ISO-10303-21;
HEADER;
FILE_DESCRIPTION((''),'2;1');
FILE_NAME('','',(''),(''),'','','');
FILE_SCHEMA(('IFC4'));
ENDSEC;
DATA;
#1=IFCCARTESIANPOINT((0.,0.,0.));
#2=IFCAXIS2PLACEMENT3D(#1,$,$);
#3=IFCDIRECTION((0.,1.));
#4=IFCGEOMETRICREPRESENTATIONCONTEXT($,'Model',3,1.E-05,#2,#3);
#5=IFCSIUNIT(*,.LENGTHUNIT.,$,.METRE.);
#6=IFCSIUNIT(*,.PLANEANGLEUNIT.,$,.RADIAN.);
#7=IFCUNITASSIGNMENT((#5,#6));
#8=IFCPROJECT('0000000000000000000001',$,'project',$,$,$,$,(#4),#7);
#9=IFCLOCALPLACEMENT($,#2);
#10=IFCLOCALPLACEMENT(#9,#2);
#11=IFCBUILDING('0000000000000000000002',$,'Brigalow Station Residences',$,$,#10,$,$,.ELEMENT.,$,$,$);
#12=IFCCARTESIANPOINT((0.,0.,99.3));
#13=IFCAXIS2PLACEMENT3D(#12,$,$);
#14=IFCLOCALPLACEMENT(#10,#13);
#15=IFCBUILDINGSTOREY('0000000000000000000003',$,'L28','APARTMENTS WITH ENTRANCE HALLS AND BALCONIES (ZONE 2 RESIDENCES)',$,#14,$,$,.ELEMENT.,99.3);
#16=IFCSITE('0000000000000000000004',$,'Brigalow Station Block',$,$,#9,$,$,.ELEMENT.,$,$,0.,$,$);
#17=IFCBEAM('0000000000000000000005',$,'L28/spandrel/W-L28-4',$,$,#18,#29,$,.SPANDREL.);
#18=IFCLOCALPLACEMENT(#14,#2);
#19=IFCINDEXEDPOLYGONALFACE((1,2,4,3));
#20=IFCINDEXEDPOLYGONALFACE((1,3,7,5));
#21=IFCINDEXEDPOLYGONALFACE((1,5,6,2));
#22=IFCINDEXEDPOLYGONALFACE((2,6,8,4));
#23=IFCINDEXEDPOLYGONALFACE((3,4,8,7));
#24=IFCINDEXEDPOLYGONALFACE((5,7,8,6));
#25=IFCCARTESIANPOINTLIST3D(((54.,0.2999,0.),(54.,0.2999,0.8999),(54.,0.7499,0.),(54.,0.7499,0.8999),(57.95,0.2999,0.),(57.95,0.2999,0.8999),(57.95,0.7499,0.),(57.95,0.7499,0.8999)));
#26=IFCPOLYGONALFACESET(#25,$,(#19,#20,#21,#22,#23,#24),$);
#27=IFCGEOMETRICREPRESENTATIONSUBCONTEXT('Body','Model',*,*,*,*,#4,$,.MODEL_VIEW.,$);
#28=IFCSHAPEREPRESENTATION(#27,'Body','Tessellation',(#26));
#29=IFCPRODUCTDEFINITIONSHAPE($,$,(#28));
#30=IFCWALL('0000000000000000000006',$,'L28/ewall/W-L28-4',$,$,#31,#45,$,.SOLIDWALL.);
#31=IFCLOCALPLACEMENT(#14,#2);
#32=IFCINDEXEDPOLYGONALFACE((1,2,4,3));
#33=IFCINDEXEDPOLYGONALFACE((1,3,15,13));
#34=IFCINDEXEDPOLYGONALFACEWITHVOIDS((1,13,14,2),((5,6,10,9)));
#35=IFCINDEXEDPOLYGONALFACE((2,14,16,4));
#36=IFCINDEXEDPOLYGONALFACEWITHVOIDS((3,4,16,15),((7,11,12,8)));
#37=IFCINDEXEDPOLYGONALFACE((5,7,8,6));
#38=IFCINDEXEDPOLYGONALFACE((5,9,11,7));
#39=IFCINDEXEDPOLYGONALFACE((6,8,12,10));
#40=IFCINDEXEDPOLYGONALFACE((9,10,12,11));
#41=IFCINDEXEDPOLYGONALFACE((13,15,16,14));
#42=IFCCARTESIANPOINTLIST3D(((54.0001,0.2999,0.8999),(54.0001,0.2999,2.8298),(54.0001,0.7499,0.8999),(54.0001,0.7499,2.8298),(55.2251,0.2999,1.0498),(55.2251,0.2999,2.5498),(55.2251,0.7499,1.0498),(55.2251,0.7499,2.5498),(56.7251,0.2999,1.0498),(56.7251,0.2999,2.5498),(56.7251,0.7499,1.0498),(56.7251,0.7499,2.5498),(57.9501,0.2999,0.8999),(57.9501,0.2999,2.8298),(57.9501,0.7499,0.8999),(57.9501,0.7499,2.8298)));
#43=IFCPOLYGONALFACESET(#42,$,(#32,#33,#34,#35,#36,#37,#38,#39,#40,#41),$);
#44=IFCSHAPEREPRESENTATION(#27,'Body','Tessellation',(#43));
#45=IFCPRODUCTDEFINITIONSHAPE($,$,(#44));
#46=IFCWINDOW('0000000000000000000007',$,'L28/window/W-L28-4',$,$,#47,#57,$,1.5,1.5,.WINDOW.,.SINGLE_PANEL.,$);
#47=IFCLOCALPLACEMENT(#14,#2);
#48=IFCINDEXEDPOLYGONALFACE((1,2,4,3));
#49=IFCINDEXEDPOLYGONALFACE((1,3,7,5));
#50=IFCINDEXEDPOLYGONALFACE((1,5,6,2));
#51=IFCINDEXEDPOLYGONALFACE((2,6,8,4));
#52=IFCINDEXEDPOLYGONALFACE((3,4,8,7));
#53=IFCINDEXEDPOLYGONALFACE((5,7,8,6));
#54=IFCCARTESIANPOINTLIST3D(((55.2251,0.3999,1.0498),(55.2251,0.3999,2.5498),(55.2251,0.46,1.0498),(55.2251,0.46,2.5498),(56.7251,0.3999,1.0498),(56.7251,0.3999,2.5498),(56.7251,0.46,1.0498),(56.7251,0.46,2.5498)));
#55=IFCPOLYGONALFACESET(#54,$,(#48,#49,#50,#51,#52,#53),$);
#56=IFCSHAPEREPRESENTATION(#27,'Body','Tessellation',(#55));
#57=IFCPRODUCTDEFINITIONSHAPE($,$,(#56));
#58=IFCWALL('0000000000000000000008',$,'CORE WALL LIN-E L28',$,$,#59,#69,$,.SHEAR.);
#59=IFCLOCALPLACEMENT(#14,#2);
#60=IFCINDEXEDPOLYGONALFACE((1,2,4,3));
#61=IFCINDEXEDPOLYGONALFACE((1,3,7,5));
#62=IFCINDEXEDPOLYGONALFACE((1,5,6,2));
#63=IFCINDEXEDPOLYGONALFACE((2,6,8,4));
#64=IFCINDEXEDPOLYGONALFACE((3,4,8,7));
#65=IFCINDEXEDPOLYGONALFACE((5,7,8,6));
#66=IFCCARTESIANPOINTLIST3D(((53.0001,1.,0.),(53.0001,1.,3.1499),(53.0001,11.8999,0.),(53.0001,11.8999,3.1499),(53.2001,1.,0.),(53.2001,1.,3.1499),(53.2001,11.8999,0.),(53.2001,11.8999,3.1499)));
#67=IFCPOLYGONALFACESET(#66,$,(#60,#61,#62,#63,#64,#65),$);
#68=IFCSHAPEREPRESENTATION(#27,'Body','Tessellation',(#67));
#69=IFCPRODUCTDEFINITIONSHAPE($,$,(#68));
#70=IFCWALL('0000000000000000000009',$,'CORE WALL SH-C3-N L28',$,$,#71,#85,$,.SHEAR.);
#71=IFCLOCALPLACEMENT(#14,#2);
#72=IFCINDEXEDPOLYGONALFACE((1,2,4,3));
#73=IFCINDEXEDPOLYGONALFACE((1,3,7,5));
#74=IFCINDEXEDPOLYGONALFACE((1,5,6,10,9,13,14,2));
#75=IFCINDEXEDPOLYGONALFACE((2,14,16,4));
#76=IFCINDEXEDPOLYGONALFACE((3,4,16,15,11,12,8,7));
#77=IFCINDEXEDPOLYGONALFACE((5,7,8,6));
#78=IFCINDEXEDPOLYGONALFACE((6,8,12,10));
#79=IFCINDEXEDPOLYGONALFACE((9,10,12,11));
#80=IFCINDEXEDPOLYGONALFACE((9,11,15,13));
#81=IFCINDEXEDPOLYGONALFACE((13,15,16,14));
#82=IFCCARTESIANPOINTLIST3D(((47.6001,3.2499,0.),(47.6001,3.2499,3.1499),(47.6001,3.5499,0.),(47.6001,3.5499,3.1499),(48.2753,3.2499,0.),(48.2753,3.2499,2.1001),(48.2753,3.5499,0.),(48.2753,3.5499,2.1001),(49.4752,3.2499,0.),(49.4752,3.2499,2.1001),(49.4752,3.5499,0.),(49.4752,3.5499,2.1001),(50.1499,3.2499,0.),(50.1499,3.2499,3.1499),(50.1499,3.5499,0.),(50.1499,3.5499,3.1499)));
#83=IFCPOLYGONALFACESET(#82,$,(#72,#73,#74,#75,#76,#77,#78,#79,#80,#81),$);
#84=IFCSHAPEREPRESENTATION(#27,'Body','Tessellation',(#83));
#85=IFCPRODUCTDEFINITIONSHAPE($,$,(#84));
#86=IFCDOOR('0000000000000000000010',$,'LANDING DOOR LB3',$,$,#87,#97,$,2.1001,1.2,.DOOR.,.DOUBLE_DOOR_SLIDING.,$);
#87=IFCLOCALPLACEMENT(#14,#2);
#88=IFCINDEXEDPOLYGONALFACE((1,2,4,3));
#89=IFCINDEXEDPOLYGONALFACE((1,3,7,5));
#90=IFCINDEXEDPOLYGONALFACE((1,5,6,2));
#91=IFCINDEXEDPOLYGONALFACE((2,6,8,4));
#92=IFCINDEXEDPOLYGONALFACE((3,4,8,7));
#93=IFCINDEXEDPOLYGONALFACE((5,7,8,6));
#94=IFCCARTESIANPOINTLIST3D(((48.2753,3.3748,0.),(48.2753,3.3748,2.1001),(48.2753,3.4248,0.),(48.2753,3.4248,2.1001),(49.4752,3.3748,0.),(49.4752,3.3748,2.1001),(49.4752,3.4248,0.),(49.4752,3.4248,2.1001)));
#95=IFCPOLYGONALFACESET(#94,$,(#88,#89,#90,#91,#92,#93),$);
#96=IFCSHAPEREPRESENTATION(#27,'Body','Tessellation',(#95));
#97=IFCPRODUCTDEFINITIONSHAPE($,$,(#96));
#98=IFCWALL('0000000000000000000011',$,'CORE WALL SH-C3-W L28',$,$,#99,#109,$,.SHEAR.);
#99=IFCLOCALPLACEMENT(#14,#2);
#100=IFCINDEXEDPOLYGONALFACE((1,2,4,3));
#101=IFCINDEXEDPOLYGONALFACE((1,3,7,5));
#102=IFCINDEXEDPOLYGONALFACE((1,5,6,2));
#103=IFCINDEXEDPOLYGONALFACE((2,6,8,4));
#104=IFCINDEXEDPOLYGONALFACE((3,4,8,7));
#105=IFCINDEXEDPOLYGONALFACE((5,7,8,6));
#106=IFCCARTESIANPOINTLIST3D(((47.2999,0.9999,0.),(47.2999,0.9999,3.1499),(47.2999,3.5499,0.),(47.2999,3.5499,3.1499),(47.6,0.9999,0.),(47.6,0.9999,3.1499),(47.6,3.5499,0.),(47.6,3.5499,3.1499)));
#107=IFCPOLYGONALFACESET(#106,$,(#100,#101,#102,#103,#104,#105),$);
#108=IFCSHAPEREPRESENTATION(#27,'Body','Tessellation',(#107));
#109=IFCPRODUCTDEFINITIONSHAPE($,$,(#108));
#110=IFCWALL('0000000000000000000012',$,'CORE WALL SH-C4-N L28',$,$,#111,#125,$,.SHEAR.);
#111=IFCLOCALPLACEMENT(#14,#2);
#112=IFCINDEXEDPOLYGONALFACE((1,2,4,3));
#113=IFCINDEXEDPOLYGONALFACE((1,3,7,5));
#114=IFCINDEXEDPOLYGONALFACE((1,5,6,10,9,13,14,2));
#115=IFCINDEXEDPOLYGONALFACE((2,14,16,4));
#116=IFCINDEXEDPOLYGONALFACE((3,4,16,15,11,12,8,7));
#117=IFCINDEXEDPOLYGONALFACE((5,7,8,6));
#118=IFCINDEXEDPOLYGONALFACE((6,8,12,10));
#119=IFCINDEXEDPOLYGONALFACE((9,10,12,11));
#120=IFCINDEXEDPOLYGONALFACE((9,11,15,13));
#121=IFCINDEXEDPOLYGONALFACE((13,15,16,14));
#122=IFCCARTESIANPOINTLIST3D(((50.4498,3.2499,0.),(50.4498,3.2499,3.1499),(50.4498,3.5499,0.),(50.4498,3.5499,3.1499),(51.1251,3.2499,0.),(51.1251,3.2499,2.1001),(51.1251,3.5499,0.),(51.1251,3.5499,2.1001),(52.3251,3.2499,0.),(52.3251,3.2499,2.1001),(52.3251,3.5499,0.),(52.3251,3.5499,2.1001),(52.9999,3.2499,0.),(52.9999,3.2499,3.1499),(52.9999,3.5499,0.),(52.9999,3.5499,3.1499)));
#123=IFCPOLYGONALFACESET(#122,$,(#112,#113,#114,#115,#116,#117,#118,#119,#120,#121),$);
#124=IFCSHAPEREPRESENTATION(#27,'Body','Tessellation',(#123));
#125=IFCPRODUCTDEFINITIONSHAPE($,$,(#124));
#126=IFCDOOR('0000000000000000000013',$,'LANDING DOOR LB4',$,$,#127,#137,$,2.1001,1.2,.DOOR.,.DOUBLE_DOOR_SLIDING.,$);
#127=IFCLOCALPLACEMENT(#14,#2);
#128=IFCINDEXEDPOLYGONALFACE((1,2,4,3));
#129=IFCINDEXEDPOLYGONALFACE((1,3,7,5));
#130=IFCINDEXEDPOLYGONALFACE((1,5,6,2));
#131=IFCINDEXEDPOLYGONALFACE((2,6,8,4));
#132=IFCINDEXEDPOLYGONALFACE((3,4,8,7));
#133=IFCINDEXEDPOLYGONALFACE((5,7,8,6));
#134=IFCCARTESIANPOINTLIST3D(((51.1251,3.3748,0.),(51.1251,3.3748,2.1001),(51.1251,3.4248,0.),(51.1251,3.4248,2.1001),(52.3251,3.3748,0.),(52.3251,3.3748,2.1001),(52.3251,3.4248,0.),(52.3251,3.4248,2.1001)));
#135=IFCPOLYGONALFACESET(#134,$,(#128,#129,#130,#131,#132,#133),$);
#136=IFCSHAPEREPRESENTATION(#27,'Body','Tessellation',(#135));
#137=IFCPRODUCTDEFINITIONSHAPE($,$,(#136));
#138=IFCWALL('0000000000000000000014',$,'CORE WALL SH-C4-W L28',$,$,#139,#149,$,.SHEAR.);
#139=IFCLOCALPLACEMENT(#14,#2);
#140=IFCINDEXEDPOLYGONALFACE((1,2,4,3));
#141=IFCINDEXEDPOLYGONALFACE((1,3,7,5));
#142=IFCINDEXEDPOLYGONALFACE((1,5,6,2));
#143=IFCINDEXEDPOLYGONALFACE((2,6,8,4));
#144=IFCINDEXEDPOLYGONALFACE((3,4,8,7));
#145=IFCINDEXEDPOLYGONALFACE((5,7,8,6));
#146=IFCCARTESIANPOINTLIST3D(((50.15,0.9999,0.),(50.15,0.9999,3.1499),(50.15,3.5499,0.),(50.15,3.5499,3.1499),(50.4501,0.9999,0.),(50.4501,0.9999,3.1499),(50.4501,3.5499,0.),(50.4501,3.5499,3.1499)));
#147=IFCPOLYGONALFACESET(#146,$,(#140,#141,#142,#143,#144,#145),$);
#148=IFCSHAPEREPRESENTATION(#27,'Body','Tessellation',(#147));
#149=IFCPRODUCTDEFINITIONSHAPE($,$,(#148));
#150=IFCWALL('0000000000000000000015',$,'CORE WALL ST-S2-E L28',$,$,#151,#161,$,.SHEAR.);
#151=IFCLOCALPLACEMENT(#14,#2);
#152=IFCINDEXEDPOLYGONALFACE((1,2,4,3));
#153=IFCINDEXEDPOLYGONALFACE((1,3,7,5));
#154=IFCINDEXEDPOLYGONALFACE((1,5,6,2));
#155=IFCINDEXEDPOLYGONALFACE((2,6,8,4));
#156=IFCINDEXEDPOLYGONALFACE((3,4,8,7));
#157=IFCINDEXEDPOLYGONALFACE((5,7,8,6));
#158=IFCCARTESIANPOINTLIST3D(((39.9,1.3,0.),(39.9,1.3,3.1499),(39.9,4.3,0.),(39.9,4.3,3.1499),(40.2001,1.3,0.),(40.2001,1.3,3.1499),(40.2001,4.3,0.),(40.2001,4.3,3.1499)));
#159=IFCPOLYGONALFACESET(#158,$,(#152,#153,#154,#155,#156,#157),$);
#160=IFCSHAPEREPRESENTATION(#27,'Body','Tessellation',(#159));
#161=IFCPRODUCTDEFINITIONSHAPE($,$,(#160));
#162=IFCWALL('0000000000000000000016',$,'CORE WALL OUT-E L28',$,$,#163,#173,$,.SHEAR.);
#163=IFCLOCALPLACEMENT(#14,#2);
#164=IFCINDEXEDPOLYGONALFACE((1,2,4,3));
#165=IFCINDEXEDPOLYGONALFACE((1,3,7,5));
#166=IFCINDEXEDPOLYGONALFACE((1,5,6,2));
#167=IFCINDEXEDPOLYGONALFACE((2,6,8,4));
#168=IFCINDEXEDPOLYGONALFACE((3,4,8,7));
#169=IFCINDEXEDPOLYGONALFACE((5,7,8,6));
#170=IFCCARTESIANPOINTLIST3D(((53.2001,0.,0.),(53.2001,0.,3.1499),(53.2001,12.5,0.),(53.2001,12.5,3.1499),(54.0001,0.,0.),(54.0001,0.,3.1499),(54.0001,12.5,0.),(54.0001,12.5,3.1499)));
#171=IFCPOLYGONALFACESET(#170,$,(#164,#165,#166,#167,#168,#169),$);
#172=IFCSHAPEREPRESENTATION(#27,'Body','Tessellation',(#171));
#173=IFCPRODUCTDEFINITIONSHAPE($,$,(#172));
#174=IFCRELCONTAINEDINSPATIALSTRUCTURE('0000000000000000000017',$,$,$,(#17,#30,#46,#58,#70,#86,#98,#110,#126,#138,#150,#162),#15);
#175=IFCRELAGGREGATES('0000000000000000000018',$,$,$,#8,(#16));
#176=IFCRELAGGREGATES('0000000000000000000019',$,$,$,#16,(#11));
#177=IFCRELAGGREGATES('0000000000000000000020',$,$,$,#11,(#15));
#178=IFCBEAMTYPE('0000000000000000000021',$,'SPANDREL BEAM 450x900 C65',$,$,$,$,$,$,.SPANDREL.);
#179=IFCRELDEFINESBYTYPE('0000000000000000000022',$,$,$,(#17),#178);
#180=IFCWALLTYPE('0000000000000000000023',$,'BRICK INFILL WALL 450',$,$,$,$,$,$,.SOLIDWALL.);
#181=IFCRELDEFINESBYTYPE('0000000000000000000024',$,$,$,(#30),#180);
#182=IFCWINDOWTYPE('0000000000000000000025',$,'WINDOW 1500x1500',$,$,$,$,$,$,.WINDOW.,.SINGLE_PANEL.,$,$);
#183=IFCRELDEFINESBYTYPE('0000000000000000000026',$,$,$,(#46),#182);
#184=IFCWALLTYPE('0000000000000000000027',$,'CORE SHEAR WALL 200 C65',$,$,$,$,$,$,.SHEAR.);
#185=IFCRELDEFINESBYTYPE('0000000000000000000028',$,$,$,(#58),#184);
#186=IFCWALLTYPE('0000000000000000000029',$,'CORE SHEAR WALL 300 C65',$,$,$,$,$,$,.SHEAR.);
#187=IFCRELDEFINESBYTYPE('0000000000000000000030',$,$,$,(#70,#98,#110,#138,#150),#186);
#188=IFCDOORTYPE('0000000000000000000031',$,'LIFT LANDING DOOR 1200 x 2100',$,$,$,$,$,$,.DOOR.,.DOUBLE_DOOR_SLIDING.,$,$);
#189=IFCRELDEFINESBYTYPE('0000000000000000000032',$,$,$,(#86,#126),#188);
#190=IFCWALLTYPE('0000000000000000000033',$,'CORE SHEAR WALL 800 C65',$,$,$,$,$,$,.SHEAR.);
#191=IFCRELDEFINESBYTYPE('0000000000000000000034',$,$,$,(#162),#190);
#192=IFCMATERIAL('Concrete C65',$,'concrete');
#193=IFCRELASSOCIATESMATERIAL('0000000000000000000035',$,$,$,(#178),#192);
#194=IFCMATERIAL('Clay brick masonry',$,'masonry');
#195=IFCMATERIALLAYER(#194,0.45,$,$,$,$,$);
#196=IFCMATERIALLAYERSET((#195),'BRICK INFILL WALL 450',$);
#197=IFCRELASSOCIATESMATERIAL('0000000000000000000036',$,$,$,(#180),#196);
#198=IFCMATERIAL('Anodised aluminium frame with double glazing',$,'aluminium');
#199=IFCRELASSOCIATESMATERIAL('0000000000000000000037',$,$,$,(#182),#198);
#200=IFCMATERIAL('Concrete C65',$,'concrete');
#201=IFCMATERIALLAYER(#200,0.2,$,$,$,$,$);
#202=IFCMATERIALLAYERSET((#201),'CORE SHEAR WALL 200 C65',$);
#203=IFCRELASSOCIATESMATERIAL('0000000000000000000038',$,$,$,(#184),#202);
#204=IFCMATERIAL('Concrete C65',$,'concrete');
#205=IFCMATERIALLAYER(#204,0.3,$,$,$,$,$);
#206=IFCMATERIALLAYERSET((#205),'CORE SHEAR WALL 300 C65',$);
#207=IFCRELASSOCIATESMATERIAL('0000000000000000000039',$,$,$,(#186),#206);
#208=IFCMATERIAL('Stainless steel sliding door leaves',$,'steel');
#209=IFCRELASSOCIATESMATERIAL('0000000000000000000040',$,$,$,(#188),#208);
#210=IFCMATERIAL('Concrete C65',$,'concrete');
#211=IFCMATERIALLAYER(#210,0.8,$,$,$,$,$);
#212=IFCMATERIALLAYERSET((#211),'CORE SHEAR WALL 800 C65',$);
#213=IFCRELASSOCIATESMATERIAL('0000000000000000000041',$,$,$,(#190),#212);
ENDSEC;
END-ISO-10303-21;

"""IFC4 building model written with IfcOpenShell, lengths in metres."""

from ifc_helpers import new_model, si_unit, direction, frame, frame_2d, origin, origin_2d, place, context, subcontext, project, spatial, rectangle, extrude, material, layer, layer_set, material_profile, profile_set, type_object, element, fill, save


model = new_model("IFC4")

# Units and contexts
model_context = context("Model", 3, precision=1e-05, world=origin(), true_north=direction((0.0, 1.0)))
body_context = subcontext(model_context, "Body", "Model", "MODEL_VIEW")
ifc_project = project(units=[si_unit("LENGTHUNIT", "METRE"), si_unit("PLANEANGLEUNIT", "RADIAN")], contexts=[model_context])

# Site, building, storey
site_placement = place(None, origin())
site = spatial("IfcSite", under=ifc_project, at=site_placement, Name="Brigalow Station Block", CompositionType="ELEMENT", RefElevation=0.0)
building_placement = place(site_placement, origin())
building = spatial("IfcBuilding", under=site, at=building_placement, Name="Brigalow Station Residences", CompositionType="ELEMENT")
storey_placement = place(building_placement, frame((0.0, 0.0, 99.3)))
storey = spatial("IfcBuildingStorey", under=building, at=storey_placement, Name="L28", Description="APARTMENTS WITH ENTRANCE HALLS AND BALCONIES (ZONE 2 RESIDENCES)", CompositionType="ELEMENT", Elevation=99.3)

# Beam
ifc_material_1 = material(Name="Concrete C65", Category="concrete")
ifc_material_profile = material_profile(ifc_material_1, rectangle(XDim=0.45, YDim=0.8999, at=origin_2d()), Name="RC450x900")
ifc_profile_set = profile_set([ifc_material_profile], Name="Concrete C65")
beam_type = type_object("IfcBeamType", Name="SPANDREL BEAM 450x900 C65", PredefinedType="SPANDREL", material=ifc_profile_set)
beam_placement = place(storey_placement, frame((54.0, 0.5249, 0.45), z_axis=(1.0, 0.0, 0.0), x_axis=(0.0, 1.0, 0.0)))
element("IfcBeam", 1, at=beam_placement, inside=storey, type_object=beam_type, Name="L28/spandrel/W-L28-4", PredefinedType="SPANDREL", context=body_context, shape_type="SweptSolid", body=[
    extrude(rectangle(XDim=0.45, YDim=0.8999, at=origin_2d()), origin(), (0.0, 0.0, 1.0), 3.95),
])

# Wall, opening, window
ifc_material_2 = material(Name="Clay brick masonry", Category="masonry")
ifc_layer_1 = layer(ifc_material_2, 0.45)
ifc_layer_set_1 = layer_set([ifc_layer_1], Name="BRICK INFILL WALL 450")
wall_type_1 = type_object("IfcWallType", Name="BRICK INFILL WALL 450", PredefinedType="SOLIDWALL", material=ifc_layer_set_1)
wall_1_placement = place(storey_placement, frame((54.0, 0.5249, 0.8999), z_axis=(0.0, 0.0, 1.0), x_axis=(1.0, 0.0, 0.0)))
wall_1 = element("IfcWall", 2, at=wall_1_placement, inside=storey, type_object=wall_type_1, Name="L28/ewall/W-L28-4", PredefinedType="SOLIDWALL", context=body_context, shape_type="SweptSolid", body=[
    extrude(rectangle(XDim=3.95, YDim=0.45, at=frame_2d((1.9751, 0.0))), origin(), (0.0, 0.0, 1.0), 1.9299),
])
opening_1_placement = place(wall_1_placement, frame((1.2251, 0.0, 0.1499)))
opening_1 = element("IfcOpeningElement", 3, at=opening_1_placement, cuts=wall_1, PredefinedType="OPENING", context=body_context, shape_type="SweptSolid", body=[
    extrude(rectangle(XDim=1.5, YDim=1.5, at=frame_2d((0.75, 0.75))), frame((0.0, 0.2349, 0.0), z_axis=(0.0, -1.0, 0.0), x_axis=(1.0, 0.0, 0.0)), (0.0, 0.0, 1.0), 0.47),
])
ifc_material_3 = material(Name="Anodised aluminium frame with double glazing", Category="aluminium")
window_type = type_object("IfcWindowType", Name="WINDOW 1500x1500", PartitioningType="SINGLE_PANEL", PredefinedType="WINDOW", material=ifc_material_3)
window_placement = place(opening_1_placement, origin())
window = element("IfcWindow", 4, at=window_placement, inside=storey, type_object=window_type, Name="L28/window/W-L28-4", OverallHeight=1.5, OverallWidth=1.5, PartitioningType="SINGLE_PANEL", PredefinedType="WINDOW", context=body_context, shape_type="SweptSolid", body=[
    extrude(rectangle(XDim=1.5, YDim=1.5, at=frame_2d((0.75, 0.75))), frame((0.0, -0.0649, 0.0), z_axis=(0.0, -1.0, 0.0), x_axis=(1.0, 0.0, 0.0)), (0.0, 0.0, 1.0), 0.0601),
])
fill(opening_1, window)

# Wall
ifc_material_4 = material(Name="Concrete C65", Category="concrete")
ifc_layer_2 = layer(ifc_material_4, 0.2)
ifc_layer_set_2 = layer_set([ifc_layer_2], Name="CORE SHEAR WALL 200 C65")
wall_type_2 = type_object("IfcWallType", Name="CORE SHEAR WALL 200 C65", PredefinedType="SHEAR", material=ifc_layer_set_2)
wall_2_placement = place(storey_placement, frame((53.1001, 1.0, 0.0), z_axis=(0.0, 0.0, 1.0), x_axis=(0.0, 1.0, 0.0)))
element("IfcWall", 5, at=wall_2_placement, inside=storey, type_object=wall_type_2, Name="CORE WALL LIN-E L28", PredefinedType="SHEAR", context=body_context, shape_type="SweptSolid", body=[
    extrude(rectangle(XDim=10.8999, YDim=0.2, at=frame_2d((5.45, 0.0))), origin(), (0.0, 0.0, 1.0), 3.1499),
])

# Wall, opening, door
ifc_material_5 = material(Name="Concrete C65", Category="concrete")
ifc_layer_3 = layer(ifc_material_5, 0.3)
ifc_layer_set_3 = layer_set([ifc_layer_3], Name="CORE SHEAR WALL 300 C65")
wall_type_3 = type_object("IfcWallType", Name="CORE SHEAR WALL 300 C65", PredefinedType="SHEAR", material=ifc_layer_set_3)
wall_3_placement = place(storey_placement, frame((47.6001, 3.3999, 0.0), z_axis=(0.0, 0.0, 1.0), x_axis=(1.0, 0.0, 0.0)))
wall_3 = element("IfcWall", 6, at=wall_3_placement, inside=storey, type_object=wall_type_3, Name="CORE WALL SH-C3-N L28", PredefinedType="SHEAR", context=body_context, shape_type="SweptSolid", body=[
    extrude(rectangle(XDim=2.5498, YDim=0.3, at=frame_2d((1.2749, 0.0))), origin(), (0.0, 0.0, 1.0), 3.1499),
])
opening_2_placement = place(wall_3_placement, frame((0.675, 0.0, 0.0)))
opening_2 = element("IfcOpeningElement", 7, at=opening_2_placement, cuts=wall_3, PredefinedType="OPENING", context=body_context, shape_type="SweptSolid", body=[
    extrude(rectangle(XDim=1.2, YDim=2.1001, at=frame_2d((0.6001, 1.05))), frame((0.0, 0.1602, 0.0), z_axis=(0.0, -1.0, 0.0), x_axis=(1.0, 0.0, 0.0)), (0.0, 0.0, 1.0), 0.3201),
])
ifc_material_6 = material(Name="Stainless steel sliding door leaves", Category="steel")
door_type_1 = type_object("IfcDoorType", Name="LIFT LANDING DOOR 1200 x 2100", OperationType="DOUBLE_DOOR_SLIDING", PredefinedType="DOOR", material=ifc_material_6)
door_1_placement = place(opening_2_placement, origin())
door_1 = element("IfcDoor", 8, at=door_1_placement, inside=storey, type_object=door_type_1, Name="LANDING DOOR LB3", OperationType="DOUBLE_DOOR_SLIDING", OverallHeight=2.1001, OverallWidth=1.2, PredefinedType="DOOR", context=body_context, shape_type="SweptSolid", body=[
    extrude(rectangle(XDim=1.2, YDim=2.1001, at=frame_2d((0.6001, 1.05))), frame((0.0, 0.0249, 0.0), z_axis=(0.0, -1.0, 0.0), x_axis=(1.0, 0.0, 0.0)), (0.0, 0.0, 1.0), 0.05),
])
fill(opening_2, door_1)

# Wall
wall_4_placement = place(storey_placement, frame((47.45, 1.0, 0.0), z_axis=(0.0, 0.0, 1.0), x_axis=(0.0, 1.0, 0.0)))
element("IfcWall", 9, at=wall_4_placement, inside=storey, type_object=wall_type_3, Name="CORE WALL SH-C3-W L28", PredefinedType="SHEAR", context=body_context, shape_type="SweptSolid", body=[
    extrude(rectangle(XDim=2.55, YDim=0.3, at=frame_2d((1.2749, 0.0))), origin(), (0.0, 0.0, 1.0), 3.1499),
])

# Wall, opening, door
wall_5_placement = place(storey_placement, frame((50.45, 3.3999, 0.0), z_axis=(0.0, 0.0, 1.0), x_axis=(1.0, 0.0, 0.0)))
wall_5 = element("IfcWall", 10, at=wall_5_placement, inside=storey, type_object=wall_type_3, Name="CORE WALL SH-C4-N L28", PredefinedType="SHEAR", context=body_context, shape_type="SweptSolid", body=[
    extrude(rectangle(XDim=2.55, YDim=0.3, at=frame_2d((1.2749, 0.0))), origin(), (0.0, 0.0, 1.0), 3.1499),
])
opening_3_placement = place(wall_5_placement, frame((0.675, 0.0, 0.0)))
opening_3 = element("IfcOpeningElement", 11, at=opening_3_placement, cuts=wall_5, PredefinedType="OPENING", context=body_context, shape_type="SweptSolid", body=[
    extrude(rectangle(XDim=1.2, YDim=2.1001, at=frame_2d((0.6001, 1.05))), frame((0.0, 0.1602, 0.0), z_axis=(0.0, -1.0, 0.0), x_axis=(1.0, 0.0, 0.0)), (0.0, 0.0, 1.0), 0.3201),
])
door_2_placement = place(opening_3_placement, origin())
door_2 = element("IfcDoor", 12, at=door_2_placement, inside=storey, type_object=door_type_1, Name="LANDING DOOR LB4", OperationType="DOUBLE_DOOR_SLIDING", OverallHeight=2.1001, OverallWidth=1.2, PredefinedType="DOOR", context=body_context, shape_type="SweptSolid", body=[
    extrude(rectangle(XDim=1.2, YDim=2.1001, at=frame_2d((0.6001, 1.05))), frame((0.0, 0.0249, 0.0), z_axis=(0.0, -1.0, 0.0), x_axis=(1.0, 0.0, 0.0)), (0.0, 0.0, 1.0), 0.05),
])
fill(opening_3, door_2)

# Walls
wall_6_placement = place(storey_placement, frame((50.3, 1.0, 0.0), z_axis=(0.0, 0.0, 1.0), x_axis=(0.0, 1.0, 0.0)))
element("IfcWall", 13, at=wall_6_placement, inside=storey, type_object=wall_type_3, Name="CORE WALL SH-C4-W L28", PredefinedType="SHEAR", context=body_context, shape_type="SweptSolid", body=[
    extrude(rectangle(XDim=2.55, YDim=0.3, at=frame_2d((1.2749, 0.0))), origin(), (0.0, 0.0, 1.0), 3.1499),
])
wall_7_placement = place(storey_placement, frame((40.05, 1.3, 0.0), z_axis=(0.0, 0.0, 1.0), x_axis=(0.0, 1.0, 0.0)))
element("IfcWall", 14, at=wall_7_placement, inside=storey, type_object=wall_type_3, Name="CORE WALL ST-S2-E L28", PredefinedType="SHEAR", context=body_context, shape_type="SweptSolid", body=[
    extrude(rectangle(XDim=3.0, YDim=0.3, at=frame_2d((1.5, 0.0))), origin(), (0.0, 0.0, 1.0), 3.1499),
])
ifc_material_7 = material(Name="Concrete C65", Category="concrete")
ifc_layer_4 = layer(ifc_material_7, 0.8)
ifc_layer_set_4 = layer_set([ifc_layer_4], Name="CORE SHEAR WALL 800 C65")
wall_type_4 = type_object("IfcWallType", Name="CORE SHEAR WALL 800 C65", PredefinedType="SHEAR", material=ifc_layer_set_4)
wall_8_placement = place(storey_placement, frame((53.6001, 0.0, 0.0), z_axis=(0.0, 0.0, 1.0), x_axis=(0.0, 1.0, 0.0)))
element("IfcWall", 15, at=wall_8_placement, inside=storey, type_object=wall_type_4, Name="CORE WALL OUT-E L28", PredefinedType="SHEAR", context=body_context, shape_type="SweptSolid", body=[
    extrude(rectangle(XDim=12.5, YDim=0.8, at=frame_2d((6.25, 0.0))), origin(), (0.0, 0.0, 1.0), 3.1499),
])

save(model, "model.ifc")
